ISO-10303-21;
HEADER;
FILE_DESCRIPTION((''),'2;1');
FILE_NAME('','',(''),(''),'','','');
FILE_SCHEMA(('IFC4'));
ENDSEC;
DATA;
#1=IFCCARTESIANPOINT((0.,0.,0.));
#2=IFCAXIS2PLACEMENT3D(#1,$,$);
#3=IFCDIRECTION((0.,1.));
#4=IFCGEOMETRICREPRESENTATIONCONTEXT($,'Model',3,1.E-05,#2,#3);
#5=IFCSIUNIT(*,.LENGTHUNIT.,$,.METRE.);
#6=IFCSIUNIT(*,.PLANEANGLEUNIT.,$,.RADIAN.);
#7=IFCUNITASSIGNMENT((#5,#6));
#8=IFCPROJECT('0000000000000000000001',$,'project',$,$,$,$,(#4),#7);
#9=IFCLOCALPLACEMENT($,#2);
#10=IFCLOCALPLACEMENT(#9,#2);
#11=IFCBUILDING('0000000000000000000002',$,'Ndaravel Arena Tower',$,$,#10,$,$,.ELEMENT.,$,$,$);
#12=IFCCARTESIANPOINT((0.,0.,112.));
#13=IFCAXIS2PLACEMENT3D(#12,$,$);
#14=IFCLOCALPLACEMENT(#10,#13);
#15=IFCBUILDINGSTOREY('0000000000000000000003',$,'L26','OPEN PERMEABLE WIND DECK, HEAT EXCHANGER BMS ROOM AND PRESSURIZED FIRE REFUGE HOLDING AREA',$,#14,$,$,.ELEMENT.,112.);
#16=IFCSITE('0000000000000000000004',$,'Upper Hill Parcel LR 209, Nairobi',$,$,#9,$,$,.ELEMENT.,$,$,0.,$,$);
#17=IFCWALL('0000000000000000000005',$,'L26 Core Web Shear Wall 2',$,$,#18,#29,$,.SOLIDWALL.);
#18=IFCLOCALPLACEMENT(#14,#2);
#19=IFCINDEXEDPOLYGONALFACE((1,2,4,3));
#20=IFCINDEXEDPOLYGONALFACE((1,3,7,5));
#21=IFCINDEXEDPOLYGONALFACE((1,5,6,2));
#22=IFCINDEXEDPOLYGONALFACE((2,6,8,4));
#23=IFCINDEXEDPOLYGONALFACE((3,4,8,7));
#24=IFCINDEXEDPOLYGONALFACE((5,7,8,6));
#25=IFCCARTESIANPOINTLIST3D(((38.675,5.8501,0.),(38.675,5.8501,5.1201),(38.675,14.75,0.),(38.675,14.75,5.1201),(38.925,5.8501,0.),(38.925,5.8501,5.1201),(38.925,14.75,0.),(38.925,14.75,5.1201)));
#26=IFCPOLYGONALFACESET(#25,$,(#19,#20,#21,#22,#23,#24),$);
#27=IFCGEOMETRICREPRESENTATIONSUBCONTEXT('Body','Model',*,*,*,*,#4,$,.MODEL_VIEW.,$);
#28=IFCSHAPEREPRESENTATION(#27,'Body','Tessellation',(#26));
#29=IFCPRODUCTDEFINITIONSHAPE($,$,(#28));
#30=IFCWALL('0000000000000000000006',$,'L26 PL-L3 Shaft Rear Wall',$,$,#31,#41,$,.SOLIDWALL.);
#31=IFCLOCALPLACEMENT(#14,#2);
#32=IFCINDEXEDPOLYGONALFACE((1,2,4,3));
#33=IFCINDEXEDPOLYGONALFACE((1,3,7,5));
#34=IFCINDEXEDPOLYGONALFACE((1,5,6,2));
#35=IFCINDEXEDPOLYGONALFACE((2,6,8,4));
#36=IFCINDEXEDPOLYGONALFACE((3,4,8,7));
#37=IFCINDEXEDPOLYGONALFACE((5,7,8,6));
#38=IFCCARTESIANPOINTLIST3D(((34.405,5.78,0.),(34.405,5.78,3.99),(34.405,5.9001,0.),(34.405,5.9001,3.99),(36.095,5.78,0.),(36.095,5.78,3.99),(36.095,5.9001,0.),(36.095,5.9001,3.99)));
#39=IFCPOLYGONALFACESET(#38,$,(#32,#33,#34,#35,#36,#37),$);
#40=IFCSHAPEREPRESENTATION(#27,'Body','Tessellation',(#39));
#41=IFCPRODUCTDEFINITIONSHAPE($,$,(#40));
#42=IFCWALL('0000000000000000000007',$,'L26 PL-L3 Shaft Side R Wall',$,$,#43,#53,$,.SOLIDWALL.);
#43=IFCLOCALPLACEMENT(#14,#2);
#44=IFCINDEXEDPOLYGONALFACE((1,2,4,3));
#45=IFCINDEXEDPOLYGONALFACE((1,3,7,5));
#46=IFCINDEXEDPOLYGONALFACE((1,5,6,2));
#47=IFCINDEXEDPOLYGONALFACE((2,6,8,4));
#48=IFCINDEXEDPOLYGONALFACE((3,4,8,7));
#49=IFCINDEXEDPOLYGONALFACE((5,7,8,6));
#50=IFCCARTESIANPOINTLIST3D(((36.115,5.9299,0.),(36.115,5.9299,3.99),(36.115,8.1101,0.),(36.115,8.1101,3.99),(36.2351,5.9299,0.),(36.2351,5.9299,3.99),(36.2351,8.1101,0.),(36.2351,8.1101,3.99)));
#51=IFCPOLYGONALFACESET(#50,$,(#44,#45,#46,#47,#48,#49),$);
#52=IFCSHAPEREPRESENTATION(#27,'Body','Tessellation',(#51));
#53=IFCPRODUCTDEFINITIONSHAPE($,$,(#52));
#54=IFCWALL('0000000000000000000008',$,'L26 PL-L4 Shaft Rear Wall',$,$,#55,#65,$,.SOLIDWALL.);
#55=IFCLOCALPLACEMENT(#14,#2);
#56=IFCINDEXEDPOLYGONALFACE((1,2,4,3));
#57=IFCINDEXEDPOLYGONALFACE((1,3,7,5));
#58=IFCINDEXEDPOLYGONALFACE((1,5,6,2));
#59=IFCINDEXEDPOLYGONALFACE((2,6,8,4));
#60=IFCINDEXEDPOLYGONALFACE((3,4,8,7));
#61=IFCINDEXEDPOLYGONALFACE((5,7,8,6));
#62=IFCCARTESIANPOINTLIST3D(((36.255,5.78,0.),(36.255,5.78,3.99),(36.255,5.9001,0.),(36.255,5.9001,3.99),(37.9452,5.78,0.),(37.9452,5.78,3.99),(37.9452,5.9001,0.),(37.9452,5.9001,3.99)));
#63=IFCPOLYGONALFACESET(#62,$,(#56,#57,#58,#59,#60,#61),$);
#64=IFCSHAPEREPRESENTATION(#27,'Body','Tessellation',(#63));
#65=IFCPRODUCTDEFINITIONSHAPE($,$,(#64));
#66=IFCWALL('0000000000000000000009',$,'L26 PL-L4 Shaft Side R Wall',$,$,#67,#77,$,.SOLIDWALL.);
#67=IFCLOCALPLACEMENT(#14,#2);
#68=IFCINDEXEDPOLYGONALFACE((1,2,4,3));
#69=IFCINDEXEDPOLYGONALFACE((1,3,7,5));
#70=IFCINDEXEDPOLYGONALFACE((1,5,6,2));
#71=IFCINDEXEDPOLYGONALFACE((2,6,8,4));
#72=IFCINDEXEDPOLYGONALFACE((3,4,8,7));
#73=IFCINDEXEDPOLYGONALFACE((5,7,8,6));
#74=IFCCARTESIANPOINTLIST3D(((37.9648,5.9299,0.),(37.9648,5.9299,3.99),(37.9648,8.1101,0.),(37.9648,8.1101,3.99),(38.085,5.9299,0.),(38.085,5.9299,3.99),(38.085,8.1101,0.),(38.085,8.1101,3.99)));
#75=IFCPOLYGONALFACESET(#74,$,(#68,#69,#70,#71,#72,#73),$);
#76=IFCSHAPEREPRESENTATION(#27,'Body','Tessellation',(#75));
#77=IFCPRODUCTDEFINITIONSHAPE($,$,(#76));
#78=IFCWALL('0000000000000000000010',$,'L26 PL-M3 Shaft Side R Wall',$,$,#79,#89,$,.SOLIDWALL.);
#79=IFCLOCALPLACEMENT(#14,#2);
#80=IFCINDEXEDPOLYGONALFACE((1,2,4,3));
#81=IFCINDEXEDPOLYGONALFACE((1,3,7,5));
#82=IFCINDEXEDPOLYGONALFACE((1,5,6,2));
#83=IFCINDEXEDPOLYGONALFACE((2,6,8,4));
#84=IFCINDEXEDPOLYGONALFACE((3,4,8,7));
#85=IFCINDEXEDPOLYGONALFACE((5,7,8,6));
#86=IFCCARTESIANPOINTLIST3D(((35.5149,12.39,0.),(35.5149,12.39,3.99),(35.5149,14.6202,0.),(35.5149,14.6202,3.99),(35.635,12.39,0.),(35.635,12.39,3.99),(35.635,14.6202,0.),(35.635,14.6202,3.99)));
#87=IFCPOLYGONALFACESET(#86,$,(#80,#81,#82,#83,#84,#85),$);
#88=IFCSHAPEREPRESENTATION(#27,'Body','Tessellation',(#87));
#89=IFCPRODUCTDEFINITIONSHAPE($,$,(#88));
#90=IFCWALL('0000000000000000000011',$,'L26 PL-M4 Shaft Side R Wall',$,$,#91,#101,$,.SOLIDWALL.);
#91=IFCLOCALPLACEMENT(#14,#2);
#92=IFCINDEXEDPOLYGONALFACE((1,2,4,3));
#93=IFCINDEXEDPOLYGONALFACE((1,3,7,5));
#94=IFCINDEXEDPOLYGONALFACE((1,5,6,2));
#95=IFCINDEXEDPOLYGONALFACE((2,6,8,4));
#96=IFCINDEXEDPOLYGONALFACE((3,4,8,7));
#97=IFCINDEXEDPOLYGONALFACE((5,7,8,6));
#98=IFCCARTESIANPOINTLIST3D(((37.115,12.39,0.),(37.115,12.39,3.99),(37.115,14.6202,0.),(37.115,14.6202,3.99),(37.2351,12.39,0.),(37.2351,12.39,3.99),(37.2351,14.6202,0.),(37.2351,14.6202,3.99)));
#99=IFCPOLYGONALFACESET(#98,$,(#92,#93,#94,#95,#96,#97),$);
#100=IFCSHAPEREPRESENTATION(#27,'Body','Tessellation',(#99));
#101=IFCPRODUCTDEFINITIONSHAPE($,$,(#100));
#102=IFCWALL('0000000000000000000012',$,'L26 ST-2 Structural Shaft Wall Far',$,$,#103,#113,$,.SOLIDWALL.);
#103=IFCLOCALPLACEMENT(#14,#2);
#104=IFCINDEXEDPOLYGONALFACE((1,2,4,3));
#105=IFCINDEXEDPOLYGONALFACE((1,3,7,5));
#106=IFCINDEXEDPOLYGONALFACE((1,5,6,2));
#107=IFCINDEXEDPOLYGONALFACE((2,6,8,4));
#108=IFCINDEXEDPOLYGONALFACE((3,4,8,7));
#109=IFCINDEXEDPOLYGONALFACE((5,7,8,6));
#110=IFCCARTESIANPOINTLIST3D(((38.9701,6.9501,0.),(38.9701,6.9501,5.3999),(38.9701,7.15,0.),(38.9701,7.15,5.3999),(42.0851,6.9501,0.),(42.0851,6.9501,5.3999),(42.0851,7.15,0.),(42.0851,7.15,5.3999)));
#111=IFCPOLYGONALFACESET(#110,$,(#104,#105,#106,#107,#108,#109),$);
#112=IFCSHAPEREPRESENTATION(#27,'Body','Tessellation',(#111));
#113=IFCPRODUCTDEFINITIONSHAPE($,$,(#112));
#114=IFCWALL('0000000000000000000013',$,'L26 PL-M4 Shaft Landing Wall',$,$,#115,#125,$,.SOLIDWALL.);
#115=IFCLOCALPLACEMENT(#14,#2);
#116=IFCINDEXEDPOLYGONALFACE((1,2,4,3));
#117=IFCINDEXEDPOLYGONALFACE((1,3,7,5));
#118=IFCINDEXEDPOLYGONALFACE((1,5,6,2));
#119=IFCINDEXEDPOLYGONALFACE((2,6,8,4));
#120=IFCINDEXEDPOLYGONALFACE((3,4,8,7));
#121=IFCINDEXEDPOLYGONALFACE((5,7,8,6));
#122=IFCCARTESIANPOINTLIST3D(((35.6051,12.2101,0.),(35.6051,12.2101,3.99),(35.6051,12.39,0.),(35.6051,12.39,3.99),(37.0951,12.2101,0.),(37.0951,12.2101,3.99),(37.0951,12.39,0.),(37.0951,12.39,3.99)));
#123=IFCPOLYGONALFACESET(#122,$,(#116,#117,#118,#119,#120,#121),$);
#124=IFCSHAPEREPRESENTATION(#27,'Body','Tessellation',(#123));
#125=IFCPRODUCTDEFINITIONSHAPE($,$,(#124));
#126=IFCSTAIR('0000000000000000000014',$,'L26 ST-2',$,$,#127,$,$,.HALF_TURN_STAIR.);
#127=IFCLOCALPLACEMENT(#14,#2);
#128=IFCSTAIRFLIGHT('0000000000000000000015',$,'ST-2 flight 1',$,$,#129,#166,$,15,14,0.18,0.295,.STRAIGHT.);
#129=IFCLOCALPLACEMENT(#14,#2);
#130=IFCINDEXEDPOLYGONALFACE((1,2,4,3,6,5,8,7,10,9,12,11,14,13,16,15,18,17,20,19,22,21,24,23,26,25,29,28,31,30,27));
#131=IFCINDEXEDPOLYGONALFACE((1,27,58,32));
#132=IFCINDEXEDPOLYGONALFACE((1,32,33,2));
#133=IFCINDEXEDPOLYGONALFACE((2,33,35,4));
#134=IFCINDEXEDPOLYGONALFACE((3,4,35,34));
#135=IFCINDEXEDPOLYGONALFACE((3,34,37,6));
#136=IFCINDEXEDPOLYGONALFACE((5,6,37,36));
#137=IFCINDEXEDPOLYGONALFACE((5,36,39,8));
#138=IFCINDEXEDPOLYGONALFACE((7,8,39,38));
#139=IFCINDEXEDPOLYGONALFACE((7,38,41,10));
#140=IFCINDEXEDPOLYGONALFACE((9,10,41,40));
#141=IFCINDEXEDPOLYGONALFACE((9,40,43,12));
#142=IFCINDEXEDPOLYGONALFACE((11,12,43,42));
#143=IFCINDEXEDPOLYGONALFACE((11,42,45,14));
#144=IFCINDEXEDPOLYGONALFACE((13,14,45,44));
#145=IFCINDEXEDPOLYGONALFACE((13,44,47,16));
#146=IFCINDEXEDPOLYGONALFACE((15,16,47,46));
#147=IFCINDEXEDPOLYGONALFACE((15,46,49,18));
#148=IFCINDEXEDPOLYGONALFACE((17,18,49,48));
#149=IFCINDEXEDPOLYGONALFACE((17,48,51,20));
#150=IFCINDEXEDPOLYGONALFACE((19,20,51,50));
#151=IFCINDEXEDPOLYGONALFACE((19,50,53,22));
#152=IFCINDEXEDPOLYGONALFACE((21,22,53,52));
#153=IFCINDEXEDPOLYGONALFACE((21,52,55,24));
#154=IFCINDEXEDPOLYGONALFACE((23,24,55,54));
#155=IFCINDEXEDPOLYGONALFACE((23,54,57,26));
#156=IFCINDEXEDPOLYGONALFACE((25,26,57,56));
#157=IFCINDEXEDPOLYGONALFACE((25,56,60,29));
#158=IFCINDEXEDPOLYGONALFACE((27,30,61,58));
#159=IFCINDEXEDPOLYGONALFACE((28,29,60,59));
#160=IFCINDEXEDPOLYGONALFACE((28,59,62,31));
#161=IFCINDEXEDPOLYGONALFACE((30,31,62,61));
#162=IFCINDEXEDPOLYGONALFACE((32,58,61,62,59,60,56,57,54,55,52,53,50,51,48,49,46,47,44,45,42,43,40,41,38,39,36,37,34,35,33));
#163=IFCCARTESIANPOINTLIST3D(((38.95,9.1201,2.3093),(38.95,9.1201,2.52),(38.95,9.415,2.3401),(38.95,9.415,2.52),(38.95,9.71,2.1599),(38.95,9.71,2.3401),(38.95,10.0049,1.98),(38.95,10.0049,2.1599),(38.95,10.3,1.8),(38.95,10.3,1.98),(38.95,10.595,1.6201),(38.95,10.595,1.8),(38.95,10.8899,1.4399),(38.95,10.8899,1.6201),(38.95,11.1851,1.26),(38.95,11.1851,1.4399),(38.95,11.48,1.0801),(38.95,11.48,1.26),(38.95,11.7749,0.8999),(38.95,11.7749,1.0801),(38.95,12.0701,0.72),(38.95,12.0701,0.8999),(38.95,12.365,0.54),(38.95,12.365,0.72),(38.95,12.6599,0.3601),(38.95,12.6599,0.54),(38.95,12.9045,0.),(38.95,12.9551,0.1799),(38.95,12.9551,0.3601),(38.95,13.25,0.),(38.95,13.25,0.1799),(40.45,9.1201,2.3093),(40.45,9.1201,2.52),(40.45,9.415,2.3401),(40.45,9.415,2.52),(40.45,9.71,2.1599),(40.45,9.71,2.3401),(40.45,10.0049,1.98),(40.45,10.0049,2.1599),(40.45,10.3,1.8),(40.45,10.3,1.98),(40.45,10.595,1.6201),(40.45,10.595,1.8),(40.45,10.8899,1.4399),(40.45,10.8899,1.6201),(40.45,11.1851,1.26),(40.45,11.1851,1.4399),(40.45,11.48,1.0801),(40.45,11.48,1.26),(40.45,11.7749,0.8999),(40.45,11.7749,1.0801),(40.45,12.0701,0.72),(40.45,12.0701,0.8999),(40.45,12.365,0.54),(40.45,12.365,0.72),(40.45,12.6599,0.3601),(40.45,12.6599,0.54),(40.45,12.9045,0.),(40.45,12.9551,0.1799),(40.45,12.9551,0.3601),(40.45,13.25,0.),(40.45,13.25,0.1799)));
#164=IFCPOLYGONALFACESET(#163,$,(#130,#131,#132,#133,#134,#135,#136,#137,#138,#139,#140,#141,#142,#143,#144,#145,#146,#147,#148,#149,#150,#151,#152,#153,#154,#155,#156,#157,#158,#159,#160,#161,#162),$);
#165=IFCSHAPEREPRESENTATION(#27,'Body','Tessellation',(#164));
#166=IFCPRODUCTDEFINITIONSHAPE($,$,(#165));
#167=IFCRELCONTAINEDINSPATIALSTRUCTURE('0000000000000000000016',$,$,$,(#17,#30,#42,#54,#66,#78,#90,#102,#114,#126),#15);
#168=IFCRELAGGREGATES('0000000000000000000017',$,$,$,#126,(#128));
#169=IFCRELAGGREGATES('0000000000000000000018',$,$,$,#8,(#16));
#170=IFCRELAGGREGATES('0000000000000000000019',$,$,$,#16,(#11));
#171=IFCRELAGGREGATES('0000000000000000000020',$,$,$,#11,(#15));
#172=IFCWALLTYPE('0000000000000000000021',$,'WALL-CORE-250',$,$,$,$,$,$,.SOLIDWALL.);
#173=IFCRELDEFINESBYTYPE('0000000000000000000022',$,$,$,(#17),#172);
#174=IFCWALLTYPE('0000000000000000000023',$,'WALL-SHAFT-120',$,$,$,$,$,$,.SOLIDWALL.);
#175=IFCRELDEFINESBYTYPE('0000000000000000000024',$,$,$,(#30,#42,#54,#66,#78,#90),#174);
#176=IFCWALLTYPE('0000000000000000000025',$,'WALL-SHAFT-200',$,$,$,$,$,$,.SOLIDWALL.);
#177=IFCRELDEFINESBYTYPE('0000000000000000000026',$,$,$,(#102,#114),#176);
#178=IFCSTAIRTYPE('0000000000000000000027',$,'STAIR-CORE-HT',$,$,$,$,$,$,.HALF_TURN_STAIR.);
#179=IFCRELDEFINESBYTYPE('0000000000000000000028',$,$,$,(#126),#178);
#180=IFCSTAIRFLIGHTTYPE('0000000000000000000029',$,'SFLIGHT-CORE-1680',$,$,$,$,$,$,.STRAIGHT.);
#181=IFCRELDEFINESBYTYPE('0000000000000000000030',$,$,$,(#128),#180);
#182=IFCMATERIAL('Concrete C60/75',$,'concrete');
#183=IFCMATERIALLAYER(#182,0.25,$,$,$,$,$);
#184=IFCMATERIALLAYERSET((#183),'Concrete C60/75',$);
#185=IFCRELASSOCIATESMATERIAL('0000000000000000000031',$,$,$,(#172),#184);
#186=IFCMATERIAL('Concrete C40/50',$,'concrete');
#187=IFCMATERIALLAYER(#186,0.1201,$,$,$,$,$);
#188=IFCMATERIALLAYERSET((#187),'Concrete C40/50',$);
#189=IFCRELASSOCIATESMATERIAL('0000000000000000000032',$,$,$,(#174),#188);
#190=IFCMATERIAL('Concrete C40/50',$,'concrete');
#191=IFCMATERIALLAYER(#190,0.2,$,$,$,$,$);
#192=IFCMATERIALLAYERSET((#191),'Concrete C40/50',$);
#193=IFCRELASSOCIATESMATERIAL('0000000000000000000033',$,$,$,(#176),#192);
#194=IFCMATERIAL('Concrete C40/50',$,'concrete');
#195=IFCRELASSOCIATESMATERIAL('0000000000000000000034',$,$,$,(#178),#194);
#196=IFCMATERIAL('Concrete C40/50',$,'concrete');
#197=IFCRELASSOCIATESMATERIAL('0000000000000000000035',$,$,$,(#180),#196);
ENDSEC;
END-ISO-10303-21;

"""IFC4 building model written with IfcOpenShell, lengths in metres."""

from ifc_helpers import new_model, si_unit, direction, frame, frame_2d, origin, place, context, subcontext, project, spatial, polyline, rectangle, outline, extrude, material, layer, layer_set, type_object, element, aggregate, save


model = new_model("IFC4")

# Units and contexts
model_context = context("Model", 3, precision=1e-05, world=origin(), true_north=direction((0.0, 1.0)))
body_context = subcontext(model_context, "Body", "Model", "MODEL_VIEW")
ifc_project = project(units=[si_unit("LENGTHUNIT", "METRE"), si_unit("PLANEANGLEUNIT", "RADIAN")], contexts=[model_context])

# Site, building, storey
site_placement = place(None, origin())
site = spatial("IfcSite", under=ifc_project, at=site_placement, Name="Upper Hill Parcel LR 209, Nairobi", CompositionType="ELEMENT", RefElevation=0.0)
building_placement = place(site_placement, origin())
building = spatial("IfcBuilding", under=site, at=building_placement, Name="Ndaravel Arena Tower", CompositionType="ELEMENT")
storey_placement = place(building_placement, frame((0.0, 0.0, 112.0)))
storey = spatial("IfcBuildingStorey", under=building, at=storey_placement, Name="L26", Description="OPEN PERMEABLE WIND DECK, HEAT EXCHANGER BMS ROOM AND PRESSURIZED FIRE REFUGE HOLDING AREA", CompositionType="ELEMENT", Elevation=112.0)

# Walls
ifc_material_1 = material(Name="Concrete C60/75", Category="concrete")
ifc_layer_1 = layer(ifc_material_1, 0.25)
ifc_layer_set_1 = layer_set([ifc_layer_1], Name="Concrete C60/75")
wall_type_1 = type_object("IfcWallType", Name="WALL-CORE-250", PredefinedType="SOLIDWALL", material=ifc_layer_set_1)
wall_1_placement = place(storey_placement, frame((38.8, 5.8501, 0.0), z_axis=(0.0, 0.0, 1.0), x_axis=(0.0, 1.0, 0.0)))
element("IfcWall", 1, at=wall_1_placement, inside=storey, type_object=wall_type_1, Name="L26 Core Web Shear Wall 2", PredefinedType="SOLIDWALL", context=body_context, shape_type="SweptSolid", body=[
    extrude(rectangle(XDim=8.8999, YDim=0.25, at=frame_2d((4.45, 0.0))), origin(), (0.0, 0.0, 1.0), 5.1201),
])
ifc_material_2 = material(Name="Concrete C40/50", Category="concrete")
ifc_layer_2 = layer(ifc_material_2, 0.1201)
ifc_layer_set_2 = layer_set([ifc_layer_2], Name="Concrete C40/50")
wall_type_2 = type_object("IfcWallType", Name="WALL-SHAFT-120", PredefinedType="SOLIDWALL", material=ifc_layer_set_2)
wall_2_placement = place(storey_placement, frame((34.405, 5.8401, 0.0), z_axis=(0.0, 0.0, 1.0), x_axis=(1.0, 0.0, 0.0)))
element("IfcWall", 2, at=wall_2_placement, inside=storey, type_object=wall_type_2, Name="L26 PL-L3 Shaft Rear Wall", PredefinedType="SOLIDWALL", context=body_context, shape_type="SweptSolid", body=[
    extrude(rectangle(XDim=1.6899, YDim=0.1201, at=frame_2d((0.845, 0.0))), origin(), (0.0, 0.0, 1.0), 3.99),
])
wall_3_placement = place(storey_placement, frame((36.175, 5.9299, 0.0), z_axis=(0.0, 0.0, 1.0), x_axis=(0.0, 1.0, 0.0)))
element("IfcWall", 3, at=wall_3_placement, inside=storey, type_object=wall_type_2, Name="L26 PL-L3 Shaft Side R Wall", PredefinedType="SOLIDWALL", context=body_context, shape_type="SweptSolid", body=[
    extrude(rectangle(XDim=2.1802, YDim=0.1201, at=frame_2d((1.0901, 0.0))), origin(), (0.0, 0.0, 1.0), 3.99),
])
wall_4_placement = place(storey_placement, frame((36.2549, 5.8401, 0.0), z_axis=(0.0, 0.0, 1.0), x_axis=(1.0, 0.0, 0.0)))
element("IfcWall", 4, at=wall_4_placement, inside=storey, type_object=wall_type_2, Name="L26 PL-L4 Shaft Rear Wall", PredefinedType="SOLIDWALL", context=body_context, shape_type="SweptSolid", body=[
    extrude(rectangle(XDim=1.6902, YDim=0.1201, at=frame_2d((0.8452, 0.0))), origin(), (0.0, 0.0, 1.0), 3.99),
])
wall_5_placement = place(storey_placement, frame((38.0249, 5.9299, 0.0), z_axis=(0.0, 0.0, 1.0), x_axis=(0.0, 1.0, 0.0)))
element("IfcWall", 5, at=wall_5_placement, inside=storey, type_object=wall_type_2, Name="L26 PL-L4 Shaft Side R Wall", PredefinedType="SOLIDWALL", context=body_context, shape_type="SweptSolid", body=[
    extrude(rectangle(XDim=2.1802, YDim=0.1201, at=frame_2d((1.0901, 0.0))), origin(), (0.0, 0.0, 1.0), 3.99),
])
for number, where, z_axis, x_axis, name in (
    (6, (35.575, 12.3899, 0.0), (0.0, 0.0, 1.0), (0.0, 1.0, 0.0), "L26 PL-M3 Shaft Side R Wall"),
    (7, (37.175, 12.3899, 0.0), (0.0, 0.0, 1.0), (0.0, 1.0, 0.0), "L26 PL-M4 Shaft Side R Wall"),
):
    element("IfcWall", number, at=place(storey_placement, frame(where, z_axis=z_axis, x_axis=x_axis)), inside=storey, type_object=wall_type_2, Name=name, PredefinedType="SOLIDWALL", context=body_context, shape_type="SweptSolid", body=[
        extrude(rectangle(XDim=2.2302, YDim=0.1201, at=frame_2d((1.1152, 0.0))), origin(), (0.0, 0.0, 1.0), 3.99),
    ])
ifc_material_3 = material(Name="Concrete C40/50", Category="concrete")
ifc_layer_3 = layer(ifc_material_3, 0.2)
ifc_layer_set_3 = layer_set([ifc_layer_3], Name="Concrete C40/50")
wall_type_3 = type_object("IfcWallType", Name="WALL-SHAFT-200", PredefinedType="SOLIDWALL", material=ifc_layer_set_3)
wall_6_placement = place(storey_placement, frame((38.97, 7.05, 0.0), z_axis=(0.0, 0.0, 1.0), x_axis=(1.0, 0.0, 0.0)))
element("IfcWall", 8, at=wall_6_placement, inside=storey, type_object=wall_type_3, Name="L26 ST-2 Structural Shaft Wall Far", PredefinedType="SOLIDWALL", context=body_context, shape_type="SweptSolid", body=[
    extrude(rectangle(XDim=3.115, YDim=0.2, at=frame_2d((1.5576, 0.0))), origin(), (0.0, 0.0, 1.0), 5.3999),
])

# Wall
wall_7_placement = place(storey_placement, frame((35.605, 12.3, 0.0), z_axis=(0.0, 0.0, 1.0), x_axis=(1.0, 0.0, 0.0)))
element("IfcWall", 9, at=wall_7_placement, inside=storey, type_object=wall_type_3, Name="L26 PL-M4 Shaft Landing Wall", PredefinedType="SOLIDWALL", context=body_context, shape_type="SweptSolid", body=[
    extrude(rectangle(XDim=1.49, YDim=0.1799, at=frame_2d((0.7451, 0.0))), origin(), (0.0, 0.0, 1.0), 3.99),
])

# Stair, stair flight
ifc_material_4 = material(Name="Concrete C40/50", Category="concrete")
stair_type = type_object("IfcStairType", Name="STAIR-CORE-HT", PredefinedType="HALF_TURN_STAIR", material=ifc_material_4)
stair_placement = place(storey_placement, origin())
stair = element("IfcStair", 10, at=stair_placement, inside=storey, type_object=stair_type, Name="L26 ST-2", PredefinedType="HALF_TURN_STAIR")
ifc_material_5 = material(Name="Concrete C40/50", Category="concrete")
stair_flight_type = type_object("IfcStairFlightType", Name="SFLIGHT-CORE-1680", PredefinedType="STRAIGHT", material=ifc_material_5)
stair_flight_1_placement = place(storey_placement, frame((39.7, 13.25, 0.0), z_axis=(0.0, 0.0, 1.0), x_axis=(0.0, -1.0, 0.0)))
stair_flight_1 = element("IfcStairFlight", 11, at=stair_flight_1_placement, type_object=stair_flight_type, Name="ST-2 flight 1", NumberOfRisers=15, NumberOfTreads=14, PredefinedType="STRAIGHT", RiserHeight=0.18, TreadLength=0.295, context=body_context, shape_type="SweptSolid", body=[
    extrude(outline(polyline([(0.0, 0.0), (0.0, 0.1799), (0.2949, 0.1799), (0.2949, 0.3601), (0.5901, 0.3601), (0.5901, 0.54), (0.885, 0.54), (0.885, 0.72), (1.1799, 0.72), (1.1799, 0.8999), (1.4751, 0.8999), (1.4751, 1.0801), (1.77, 1.0801), (1.77, 1.26), (2.0649, 1.26), (2.0649, 1.4399), (2.3601, 1.4399), (2.3601, 1.6201), (2.655, 1.6201), (2.655, 1.8), (2.95, 1.8), (2.95, 1.98), (3.2451, 1.98), (3.2451, 2.1599), (3.54, 2.1599), (3.54, 2.3401), (3.835, 2.3401), (3.835, 2.52), (4.1299, 2.52), (4.1299, 2.7), (4.1299, 2.3093), (0.3455, 0.0), (0.0, 0.0)])), frame((0.0, 0.75, 0.0), z_axis=(0.0, -1.0, 0.0), x_axis=(1.0, 0.0, 0.0)), (0.0, 0.0, 1.0), 1.5),
])
aggregate(stair, [stair_flight_1])

save(model, "model.ifc")
